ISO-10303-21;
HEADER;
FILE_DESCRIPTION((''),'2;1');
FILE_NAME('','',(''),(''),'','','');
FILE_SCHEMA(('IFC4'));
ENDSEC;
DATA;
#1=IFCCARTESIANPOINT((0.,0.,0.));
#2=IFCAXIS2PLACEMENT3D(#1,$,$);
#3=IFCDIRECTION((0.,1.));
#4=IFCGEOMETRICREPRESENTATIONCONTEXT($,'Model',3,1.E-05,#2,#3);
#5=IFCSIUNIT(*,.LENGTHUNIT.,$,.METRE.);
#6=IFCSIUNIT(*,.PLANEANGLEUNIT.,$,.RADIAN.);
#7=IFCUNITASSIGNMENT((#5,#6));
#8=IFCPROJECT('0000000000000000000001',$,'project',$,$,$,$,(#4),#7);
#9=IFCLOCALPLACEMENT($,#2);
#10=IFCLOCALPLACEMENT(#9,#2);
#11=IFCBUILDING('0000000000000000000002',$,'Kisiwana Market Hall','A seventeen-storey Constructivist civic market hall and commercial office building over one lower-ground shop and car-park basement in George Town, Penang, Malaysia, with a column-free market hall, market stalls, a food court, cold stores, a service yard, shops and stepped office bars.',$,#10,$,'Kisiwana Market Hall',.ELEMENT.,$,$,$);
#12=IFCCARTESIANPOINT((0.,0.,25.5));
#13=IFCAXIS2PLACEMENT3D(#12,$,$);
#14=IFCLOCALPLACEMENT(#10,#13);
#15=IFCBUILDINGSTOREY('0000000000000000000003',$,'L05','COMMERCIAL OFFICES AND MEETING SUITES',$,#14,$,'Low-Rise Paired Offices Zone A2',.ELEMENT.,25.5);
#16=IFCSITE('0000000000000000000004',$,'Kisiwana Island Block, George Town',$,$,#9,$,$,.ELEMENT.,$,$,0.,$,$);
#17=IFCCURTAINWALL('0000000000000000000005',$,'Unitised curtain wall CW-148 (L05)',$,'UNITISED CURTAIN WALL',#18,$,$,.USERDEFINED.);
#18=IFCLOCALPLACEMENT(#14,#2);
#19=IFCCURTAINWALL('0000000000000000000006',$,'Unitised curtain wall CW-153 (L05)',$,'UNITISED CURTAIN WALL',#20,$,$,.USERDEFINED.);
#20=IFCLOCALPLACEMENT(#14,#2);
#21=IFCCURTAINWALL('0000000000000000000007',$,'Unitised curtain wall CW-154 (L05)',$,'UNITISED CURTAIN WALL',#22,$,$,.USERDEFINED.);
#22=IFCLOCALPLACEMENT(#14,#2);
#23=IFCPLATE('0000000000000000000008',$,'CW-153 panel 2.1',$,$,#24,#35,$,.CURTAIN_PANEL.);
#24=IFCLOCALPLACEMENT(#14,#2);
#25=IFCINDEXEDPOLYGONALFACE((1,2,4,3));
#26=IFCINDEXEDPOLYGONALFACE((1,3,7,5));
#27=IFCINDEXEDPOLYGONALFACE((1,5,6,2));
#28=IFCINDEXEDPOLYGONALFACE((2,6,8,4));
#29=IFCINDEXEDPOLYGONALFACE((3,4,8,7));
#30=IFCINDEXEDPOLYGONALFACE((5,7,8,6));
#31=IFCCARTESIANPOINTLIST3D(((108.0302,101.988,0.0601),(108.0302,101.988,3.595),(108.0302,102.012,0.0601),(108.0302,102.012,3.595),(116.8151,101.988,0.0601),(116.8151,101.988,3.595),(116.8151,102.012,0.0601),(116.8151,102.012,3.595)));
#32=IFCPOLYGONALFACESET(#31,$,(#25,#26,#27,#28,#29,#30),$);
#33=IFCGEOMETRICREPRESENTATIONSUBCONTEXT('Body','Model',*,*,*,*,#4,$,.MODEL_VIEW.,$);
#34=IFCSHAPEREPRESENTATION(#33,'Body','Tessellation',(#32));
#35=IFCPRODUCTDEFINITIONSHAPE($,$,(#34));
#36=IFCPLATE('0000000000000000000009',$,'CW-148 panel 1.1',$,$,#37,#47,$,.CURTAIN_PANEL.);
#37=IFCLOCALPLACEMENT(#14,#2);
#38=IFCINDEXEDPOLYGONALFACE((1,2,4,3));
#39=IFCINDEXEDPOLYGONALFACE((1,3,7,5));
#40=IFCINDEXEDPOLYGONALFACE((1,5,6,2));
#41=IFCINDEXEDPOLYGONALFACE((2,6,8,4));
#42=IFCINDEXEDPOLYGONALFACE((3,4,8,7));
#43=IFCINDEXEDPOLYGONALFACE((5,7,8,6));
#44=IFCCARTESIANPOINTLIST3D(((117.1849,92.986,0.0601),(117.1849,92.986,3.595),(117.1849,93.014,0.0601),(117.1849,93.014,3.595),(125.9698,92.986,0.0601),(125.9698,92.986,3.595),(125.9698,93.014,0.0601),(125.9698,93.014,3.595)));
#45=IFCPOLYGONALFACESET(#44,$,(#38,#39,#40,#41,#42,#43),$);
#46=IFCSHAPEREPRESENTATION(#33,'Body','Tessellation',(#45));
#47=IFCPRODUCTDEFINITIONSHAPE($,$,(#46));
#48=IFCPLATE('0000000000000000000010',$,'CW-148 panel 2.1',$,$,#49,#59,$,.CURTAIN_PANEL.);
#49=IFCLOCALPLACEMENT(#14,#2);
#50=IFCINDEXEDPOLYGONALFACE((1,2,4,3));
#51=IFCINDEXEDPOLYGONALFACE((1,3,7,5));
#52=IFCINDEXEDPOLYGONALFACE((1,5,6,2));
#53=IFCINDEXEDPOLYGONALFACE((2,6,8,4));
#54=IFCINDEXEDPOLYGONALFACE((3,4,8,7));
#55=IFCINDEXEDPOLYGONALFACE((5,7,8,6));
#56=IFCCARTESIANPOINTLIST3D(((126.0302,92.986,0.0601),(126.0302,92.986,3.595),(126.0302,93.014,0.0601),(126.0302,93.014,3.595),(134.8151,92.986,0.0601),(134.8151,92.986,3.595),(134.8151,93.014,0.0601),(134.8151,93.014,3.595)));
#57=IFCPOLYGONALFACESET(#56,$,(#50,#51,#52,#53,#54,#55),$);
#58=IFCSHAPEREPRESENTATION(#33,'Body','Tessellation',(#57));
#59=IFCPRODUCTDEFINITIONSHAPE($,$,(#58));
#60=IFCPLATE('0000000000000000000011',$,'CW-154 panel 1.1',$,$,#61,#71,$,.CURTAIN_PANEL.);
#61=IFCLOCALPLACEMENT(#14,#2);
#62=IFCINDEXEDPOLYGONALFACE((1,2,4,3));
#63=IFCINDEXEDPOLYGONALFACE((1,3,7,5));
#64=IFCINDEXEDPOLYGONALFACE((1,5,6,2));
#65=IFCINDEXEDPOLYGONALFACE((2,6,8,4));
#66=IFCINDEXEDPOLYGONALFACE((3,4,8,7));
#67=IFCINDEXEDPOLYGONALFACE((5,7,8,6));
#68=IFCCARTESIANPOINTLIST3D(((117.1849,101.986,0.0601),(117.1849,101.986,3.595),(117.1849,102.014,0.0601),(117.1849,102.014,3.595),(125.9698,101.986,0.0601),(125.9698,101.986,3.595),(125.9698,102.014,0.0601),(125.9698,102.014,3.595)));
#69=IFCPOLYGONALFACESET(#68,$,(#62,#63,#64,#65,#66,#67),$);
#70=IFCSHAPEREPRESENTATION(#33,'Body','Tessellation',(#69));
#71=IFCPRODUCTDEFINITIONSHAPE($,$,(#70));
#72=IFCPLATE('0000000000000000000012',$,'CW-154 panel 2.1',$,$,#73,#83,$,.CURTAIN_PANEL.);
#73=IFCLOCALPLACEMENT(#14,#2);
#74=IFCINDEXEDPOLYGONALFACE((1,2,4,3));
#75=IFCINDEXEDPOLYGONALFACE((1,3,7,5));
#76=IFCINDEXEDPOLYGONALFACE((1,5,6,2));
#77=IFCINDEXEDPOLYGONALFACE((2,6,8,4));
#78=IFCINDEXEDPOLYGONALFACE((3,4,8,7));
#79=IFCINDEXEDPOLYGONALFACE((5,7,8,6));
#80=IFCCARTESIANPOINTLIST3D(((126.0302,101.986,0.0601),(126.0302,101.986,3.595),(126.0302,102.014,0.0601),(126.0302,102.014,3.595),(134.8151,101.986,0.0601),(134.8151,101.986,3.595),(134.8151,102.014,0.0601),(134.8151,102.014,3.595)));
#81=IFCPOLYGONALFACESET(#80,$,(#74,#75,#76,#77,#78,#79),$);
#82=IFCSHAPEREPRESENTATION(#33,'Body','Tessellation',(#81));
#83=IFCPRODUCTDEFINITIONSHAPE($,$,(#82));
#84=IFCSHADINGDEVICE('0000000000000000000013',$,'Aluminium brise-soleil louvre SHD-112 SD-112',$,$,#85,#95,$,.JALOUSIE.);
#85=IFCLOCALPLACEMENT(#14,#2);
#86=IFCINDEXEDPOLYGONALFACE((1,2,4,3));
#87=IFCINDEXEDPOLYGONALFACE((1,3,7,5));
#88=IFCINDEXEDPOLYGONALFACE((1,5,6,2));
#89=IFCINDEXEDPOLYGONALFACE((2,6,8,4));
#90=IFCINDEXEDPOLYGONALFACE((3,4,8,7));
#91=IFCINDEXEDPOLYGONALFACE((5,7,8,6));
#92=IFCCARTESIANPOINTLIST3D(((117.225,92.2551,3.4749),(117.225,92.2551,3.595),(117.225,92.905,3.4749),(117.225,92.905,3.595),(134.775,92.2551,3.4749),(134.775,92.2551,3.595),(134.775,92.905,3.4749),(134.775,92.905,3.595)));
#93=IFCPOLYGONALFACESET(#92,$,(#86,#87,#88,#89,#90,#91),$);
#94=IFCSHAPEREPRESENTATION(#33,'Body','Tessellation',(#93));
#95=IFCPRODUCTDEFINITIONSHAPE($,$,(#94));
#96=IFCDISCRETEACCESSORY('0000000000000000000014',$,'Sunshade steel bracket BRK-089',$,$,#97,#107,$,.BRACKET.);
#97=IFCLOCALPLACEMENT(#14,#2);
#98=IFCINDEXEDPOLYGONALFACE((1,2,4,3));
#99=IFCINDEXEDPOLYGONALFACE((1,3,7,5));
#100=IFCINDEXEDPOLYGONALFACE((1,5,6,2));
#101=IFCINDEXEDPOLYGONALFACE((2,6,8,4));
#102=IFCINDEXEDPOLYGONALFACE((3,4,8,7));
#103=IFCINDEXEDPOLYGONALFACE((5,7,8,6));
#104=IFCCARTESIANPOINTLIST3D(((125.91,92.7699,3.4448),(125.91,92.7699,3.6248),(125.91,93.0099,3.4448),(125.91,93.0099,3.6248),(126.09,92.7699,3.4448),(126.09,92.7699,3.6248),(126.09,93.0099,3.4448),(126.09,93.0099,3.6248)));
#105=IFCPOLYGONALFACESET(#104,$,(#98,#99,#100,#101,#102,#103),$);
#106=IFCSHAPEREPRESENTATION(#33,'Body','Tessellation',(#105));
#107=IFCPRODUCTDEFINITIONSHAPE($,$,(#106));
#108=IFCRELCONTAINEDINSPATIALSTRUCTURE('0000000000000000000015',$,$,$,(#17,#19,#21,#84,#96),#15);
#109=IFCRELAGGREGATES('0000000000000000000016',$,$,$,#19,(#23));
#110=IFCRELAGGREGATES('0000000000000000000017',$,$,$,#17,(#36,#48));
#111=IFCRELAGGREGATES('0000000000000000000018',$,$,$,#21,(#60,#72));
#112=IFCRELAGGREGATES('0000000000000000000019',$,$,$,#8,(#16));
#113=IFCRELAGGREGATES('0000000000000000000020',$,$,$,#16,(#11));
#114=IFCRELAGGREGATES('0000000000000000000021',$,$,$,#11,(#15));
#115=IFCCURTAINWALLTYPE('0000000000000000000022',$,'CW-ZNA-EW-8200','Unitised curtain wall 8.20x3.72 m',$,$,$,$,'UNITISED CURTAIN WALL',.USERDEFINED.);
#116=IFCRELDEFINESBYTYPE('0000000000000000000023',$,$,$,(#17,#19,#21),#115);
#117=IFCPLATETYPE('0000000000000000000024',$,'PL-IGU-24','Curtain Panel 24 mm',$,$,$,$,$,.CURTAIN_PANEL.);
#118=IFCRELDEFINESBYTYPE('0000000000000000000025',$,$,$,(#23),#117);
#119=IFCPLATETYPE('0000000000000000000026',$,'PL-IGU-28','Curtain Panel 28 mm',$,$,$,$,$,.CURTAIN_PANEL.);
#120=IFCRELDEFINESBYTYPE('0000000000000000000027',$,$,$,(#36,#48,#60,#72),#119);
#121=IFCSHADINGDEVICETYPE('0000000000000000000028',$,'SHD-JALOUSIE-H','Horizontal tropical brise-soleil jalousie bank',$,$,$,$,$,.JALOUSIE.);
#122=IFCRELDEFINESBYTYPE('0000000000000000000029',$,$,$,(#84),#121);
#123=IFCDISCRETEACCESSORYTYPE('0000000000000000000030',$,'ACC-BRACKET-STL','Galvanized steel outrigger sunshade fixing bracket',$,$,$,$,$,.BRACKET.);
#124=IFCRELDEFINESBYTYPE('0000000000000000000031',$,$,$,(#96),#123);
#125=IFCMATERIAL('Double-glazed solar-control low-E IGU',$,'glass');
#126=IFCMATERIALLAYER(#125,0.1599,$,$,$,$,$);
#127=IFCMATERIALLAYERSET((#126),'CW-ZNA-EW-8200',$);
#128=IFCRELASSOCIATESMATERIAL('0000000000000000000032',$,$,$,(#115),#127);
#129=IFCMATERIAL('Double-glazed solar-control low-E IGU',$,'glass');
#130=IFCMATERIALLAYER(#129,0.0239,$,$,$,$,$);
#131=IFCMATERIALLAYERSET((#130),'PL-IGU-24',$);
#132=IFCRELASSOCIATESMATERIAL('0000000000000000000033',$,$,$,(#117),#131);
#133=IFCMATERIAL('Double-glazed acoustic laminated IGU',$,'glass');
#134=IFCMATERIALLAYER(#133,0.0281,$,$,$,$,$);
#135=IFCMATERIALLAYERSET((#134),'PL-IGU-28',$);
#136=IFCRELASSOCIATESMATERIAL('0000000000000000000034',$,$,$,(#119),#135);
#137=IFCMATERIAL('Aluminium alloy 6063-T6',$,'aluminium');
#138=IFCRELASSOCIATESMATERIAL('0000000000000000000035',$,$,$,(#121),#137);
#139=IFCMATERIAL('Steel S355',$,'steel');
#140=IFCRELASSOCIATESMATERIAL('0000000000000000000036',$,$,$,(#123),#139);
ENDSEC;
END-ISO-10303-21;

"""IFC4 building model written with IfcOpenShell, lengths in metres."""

from ifc_helpers import new_model, si_unit, direction, frame, origin, origin_2d, place, context, subcontext, project, spatial, rectangle, extrude, material, layer, layer_set, type_object, element, aggregate, save


model = new_model("IFC4")

# Units and contexts
model_context = context("Model", 3, precision=1e-05, world=origin(), true_north=direction((0.0, 1.0)))
body_context = subcontext(model_context, "Body", "Model", "MODEL_VIEW")
ifc_project = project(units=[si_unit("LENGTHUNIT", "METRE"), si_unit("PLANEANGLEUNIT", "RADIAN")], contexts=[model_context])

# Site, building, storey
site_placement = place(None, origin())
site = spatial("IfcSite", under=ifc_project, at=site_placement, Name="Kisiwana Island Block, George Town", CompositionType="ELEMENT", RefElevation=0.0)
building_placement = place(site_placement, origin())
building = spatial("IfcBuilding", under=site, at=building_placement, Name="Kisiwana Market Hall", Description="A seventeen-storey Constructivist civic market hall and commercial office building over one lower-ground shop and car-park basement in George Town, Penang, Malaysia, with a column-free market hall, market stalls, a food court, cold stores, a service yard, shops and stepped office bars.", LongName="Kisiwana Market Hall", CompositionType="ELEMENT")
storey_placement = place(building_placement, frame((0.0, 0.0, 25.5)))
storey = spatial("IfcBuildingStorey", under=building, at=storey_placement, Name="L05", Description="COMMERCIAL OFFICES AND MEETING SUITES", LongName="Low-Rise Paired Offices Zone A2", CompositionType="ELEMENT", Elevation=25.5)

# Shared definitions
ifc_material_1 = material(Name="Double-glazed solar-control low-E IGU", Category="glass")
ifc_layer_1 = layer(ifc_material_1, 0.1599)
ifc_layer_set_1 = layer_set([ifc_layer_1], Name="CW-ZNA-EW-8200")
curtain_wall_type = type_object("IfcCurtainWallType", Name="CW-ZNA-EW-8200", Description="Unitised curtain wall 8.20x3.72 m", ElementType="UNITISED CURTAIN WALL", PredefinedType="USERDEFINED", material=ifc_layer_set_1)

# Curtain wall
curtain_wall_1_placement = place(storey_placement, origin())
curtain_wall_1 = element("IfcCurtainWall", 1, at=curtain_wall_1_placement, inside=storey, type_object=curtain_wall_type, Name="Unitised curtain wall CW-148 (L05)", ObjectType="UNITISED CURTAIN WALL", PredefinedType="USERDEFINED")

# Curtain wall
curtain_wall_2_placement = place(storey_placement, origin())
curtain_wall_2 = element("IfcCurtainWall", 2, at=curtain_wall_2_placement, inside=storey, type_object=curtain_wall_type, Name="Unitised curtain wall CW-153 (L05)", ObjectType="UNITISED CURTAIN WALL", PredefinedType="USERDEFINED")

# Curtain wall
curtain_wall_3_placement = place(storey_placement, origin())
curtain_wall_3 = element("IfcCurtainWall", 3, at=curtain_wall_3_placement, inside=storey, type_object=curtain_wall_type, Name="Unitised curtain wall CW-154 (L05)", ObjectType="UNITISED CURTAIN WALL", PredefinedType="USERDEFINED")

# Plates
ifc_material_2 = material(Name="Double-glazed solar-control low-E IGU", Category="glass")
ifc_layer_2 = layer(ifc_material_2, 0.0239)
ifc_layer_set_2 = layer_set([ifc_layer_2], Name="PL-IGU-24")
plate_type_1 = type_object("IfcPlateType", Name="PL-IGU-24", Description="Curtain Panel 24 mm", PredefinedType="CURTAIN_PANEL", material=ifc_layer_set_2)
plate_1_placement = place(storey_placement, frame((112.4226, 102.0, 0.0601), z_axis=(0.0, 0.0, 1.0), x_axis=(1.0, 0.0, 0.0)))
plate_1 = element("IfcPlate", 4, at=plate_1_placement, type_object=plate_type_1, Name="CW-153 panel 2.1", PredefinedType="CURTAIN_PANEL", context=body_context, shape_type="SweptSolid", body=[
    extrude(rectangle(XDim=8.7849, YDim=0.0239, at=origin_2d()), origin(), (0.0, 0.0, 1.0), 3.5349),
])
aggregate(curtain_wall_2, [plate_1])
ifc_material_3 = material(Name="Double-glazed acoustic laminated IGU", Category="glass")
ifc_layer_3 = layer(ifc_material_3, 0.0281)
ifc_layer_set_3 = layer_set([ifc_layer_3], Name="PL-IGU-28")
plate_type_2 = type_object("IfcPlateType", Name="PL-IGU-28", Description="Curtain Panel 28 mm", PredefinedType="CURTAIN_PANEL", material=ifc_layer_set_3)
plate_2_placement = place(storey_placement, frame((121.5774, 93.0, 0.0601), z_axis=(0.0, 0.0, 1.0), x_axis=(1.0, 0.0, 0.0)))
plate_2 = element("IfcPlate", 5, at=plate_2_placement, type_object=plate_type_2, Name="CW-148 panel 1.1", PredefinedType="CURTAIN_PANEL", context=body_context, shape_type="SweptSolid", body=[
    extrude(rectangle(XDim=8.7849, YDim=0.0281, at=origin_2d()), origin(), (0.0, 0.0, 1.0), 3.5349),
])
plate_3_placement = place(storey_placement, frame((130.4226, 93.0, 0.0601), z_axis=(0.0, 0.0, 1.0), x_axis=(1.0, 0.0, 0.0)))
plate_3 = element("IfcPlate", 6, at=plate_3_placement, type_object=plate_type_2, Name="CW-148 panel 2.1", PredefinedType="CURTAIN_PANEL", context=body_context, shape_type="SweptSolid", body=[
    extrude(rectangle(XDim=8.7849, YDim=0.0281, at=origin_2d()), origin(), (0.0, 0.0, 1.0), 3.5349),
])
aggregate(curtain_wall_1, [plate_2, plate_3])
plate_4_placement = place(storey_placement, frame((121.5774, 102.0, 0.0601), z_axis=(0.0, 0.0, 1.0), x_axis=(1.0, 0.0, 0.0)))
plate_4 = element("IfcPlate", 7, at=plate_4_placement, type_object=plate_type_2, Name="CW-154 panel 1.1", PredefinedType="CURTAIN_PANEL", context=body_context, shape_type="SweptSolid", body=[
    extrude(rectangle(XDim=8.7849, YDim=0.0281, at=origin_2d()), origin(), (0.0, 0.0, 1.0), 3.5349),
])
plate_5_placement = place(storey_placement, frame((130.4226, 102.0, 0.0601), z_axis=(0.0, 0.0, 1.0), x_axis=(1.0, 0.0, 0.0)))
plate_5 = element("IfcPlate", 8, at=plate_5_placement, type_object=plate_type_2, Name="CW-154 panel 2.1", PredefinedType="CURTAIN_PANEL", context=body_context, shape_type="SweptSolid", body=[
    extrude(rectangle(XDim=8.7849, YDim=0.0281, at=origin_2d()), origin(), (0.0, 0.0, 1.0), 3.5349),
])
aggregate(curtain_wall_3, [plate_4, plate_5])

# Shading device
ifc_material_4 = material(Name="Aluminium alloy 6063-T6", Category="aluminium")
shading_device_type = type_object("IfcShadingDeviceType", Name="SHD-JALOUSIE-H", Description="Horizontal tropical brise-soleil jalousie bank", PredefinedType="JALOUSIE", material=ifc_material_4)
shading_device_placement = place(storey_placement, frame((126.0, 92.5801, 3.4749), z_axis=(0.0, 0.0, 1.0), x_axis=(1.0, 0.0, 0.0)))
element("IfcShadingDevice", 9, at=shading_device_placement, inside=storey, type_object=shading_device_type, Name="Aluminium brise-soleil louvre SHD-112 SD-112", PredefinedType="JALOUSIE", context=body_context, shape_type="SweptSolid", body=[
    extrude(rectangle(XDim=17.55, YDim=0.6499, at=origin_2d()), origin(), (0.0, 0.0, 1.0), 0.1201),
])

# Discrete accessory
ifc_material_5 = material(Name="Steel S355", Category="steel")
discrete_accessory_type = type_object("IfcDiscreteAccessoryType", Name="ACC-BRACKET-STL", Description="Galvanized steel outrigger sunshade fixing bracket", PredefinedType="BRACKET", material=ifc_material_5)
discrete_accessory_placement = place(storey_placement, frame((126.0, 92.8899, 3.4448), z_axis=(0.0, 0.0, 1.0), x_axis=(1.0, 0.0, 0.0)))
element("IfcDiscreteAccessory", 10, at=discrete_accessory_placement, inside=storey, type_object=discrete_accessory_type, Name="Sunshade steel bracket BRK-089", PredefinedType="BRACKET", context=body_context, shape_type="SweptSolid", body=[
    extrude(rectangle(XDim=0.1799, YDim=0.24, at=origin_2d()), origin(), (0.0, 0.0, 1.0), 0.1799),
])

save(model, "model.ifc")
